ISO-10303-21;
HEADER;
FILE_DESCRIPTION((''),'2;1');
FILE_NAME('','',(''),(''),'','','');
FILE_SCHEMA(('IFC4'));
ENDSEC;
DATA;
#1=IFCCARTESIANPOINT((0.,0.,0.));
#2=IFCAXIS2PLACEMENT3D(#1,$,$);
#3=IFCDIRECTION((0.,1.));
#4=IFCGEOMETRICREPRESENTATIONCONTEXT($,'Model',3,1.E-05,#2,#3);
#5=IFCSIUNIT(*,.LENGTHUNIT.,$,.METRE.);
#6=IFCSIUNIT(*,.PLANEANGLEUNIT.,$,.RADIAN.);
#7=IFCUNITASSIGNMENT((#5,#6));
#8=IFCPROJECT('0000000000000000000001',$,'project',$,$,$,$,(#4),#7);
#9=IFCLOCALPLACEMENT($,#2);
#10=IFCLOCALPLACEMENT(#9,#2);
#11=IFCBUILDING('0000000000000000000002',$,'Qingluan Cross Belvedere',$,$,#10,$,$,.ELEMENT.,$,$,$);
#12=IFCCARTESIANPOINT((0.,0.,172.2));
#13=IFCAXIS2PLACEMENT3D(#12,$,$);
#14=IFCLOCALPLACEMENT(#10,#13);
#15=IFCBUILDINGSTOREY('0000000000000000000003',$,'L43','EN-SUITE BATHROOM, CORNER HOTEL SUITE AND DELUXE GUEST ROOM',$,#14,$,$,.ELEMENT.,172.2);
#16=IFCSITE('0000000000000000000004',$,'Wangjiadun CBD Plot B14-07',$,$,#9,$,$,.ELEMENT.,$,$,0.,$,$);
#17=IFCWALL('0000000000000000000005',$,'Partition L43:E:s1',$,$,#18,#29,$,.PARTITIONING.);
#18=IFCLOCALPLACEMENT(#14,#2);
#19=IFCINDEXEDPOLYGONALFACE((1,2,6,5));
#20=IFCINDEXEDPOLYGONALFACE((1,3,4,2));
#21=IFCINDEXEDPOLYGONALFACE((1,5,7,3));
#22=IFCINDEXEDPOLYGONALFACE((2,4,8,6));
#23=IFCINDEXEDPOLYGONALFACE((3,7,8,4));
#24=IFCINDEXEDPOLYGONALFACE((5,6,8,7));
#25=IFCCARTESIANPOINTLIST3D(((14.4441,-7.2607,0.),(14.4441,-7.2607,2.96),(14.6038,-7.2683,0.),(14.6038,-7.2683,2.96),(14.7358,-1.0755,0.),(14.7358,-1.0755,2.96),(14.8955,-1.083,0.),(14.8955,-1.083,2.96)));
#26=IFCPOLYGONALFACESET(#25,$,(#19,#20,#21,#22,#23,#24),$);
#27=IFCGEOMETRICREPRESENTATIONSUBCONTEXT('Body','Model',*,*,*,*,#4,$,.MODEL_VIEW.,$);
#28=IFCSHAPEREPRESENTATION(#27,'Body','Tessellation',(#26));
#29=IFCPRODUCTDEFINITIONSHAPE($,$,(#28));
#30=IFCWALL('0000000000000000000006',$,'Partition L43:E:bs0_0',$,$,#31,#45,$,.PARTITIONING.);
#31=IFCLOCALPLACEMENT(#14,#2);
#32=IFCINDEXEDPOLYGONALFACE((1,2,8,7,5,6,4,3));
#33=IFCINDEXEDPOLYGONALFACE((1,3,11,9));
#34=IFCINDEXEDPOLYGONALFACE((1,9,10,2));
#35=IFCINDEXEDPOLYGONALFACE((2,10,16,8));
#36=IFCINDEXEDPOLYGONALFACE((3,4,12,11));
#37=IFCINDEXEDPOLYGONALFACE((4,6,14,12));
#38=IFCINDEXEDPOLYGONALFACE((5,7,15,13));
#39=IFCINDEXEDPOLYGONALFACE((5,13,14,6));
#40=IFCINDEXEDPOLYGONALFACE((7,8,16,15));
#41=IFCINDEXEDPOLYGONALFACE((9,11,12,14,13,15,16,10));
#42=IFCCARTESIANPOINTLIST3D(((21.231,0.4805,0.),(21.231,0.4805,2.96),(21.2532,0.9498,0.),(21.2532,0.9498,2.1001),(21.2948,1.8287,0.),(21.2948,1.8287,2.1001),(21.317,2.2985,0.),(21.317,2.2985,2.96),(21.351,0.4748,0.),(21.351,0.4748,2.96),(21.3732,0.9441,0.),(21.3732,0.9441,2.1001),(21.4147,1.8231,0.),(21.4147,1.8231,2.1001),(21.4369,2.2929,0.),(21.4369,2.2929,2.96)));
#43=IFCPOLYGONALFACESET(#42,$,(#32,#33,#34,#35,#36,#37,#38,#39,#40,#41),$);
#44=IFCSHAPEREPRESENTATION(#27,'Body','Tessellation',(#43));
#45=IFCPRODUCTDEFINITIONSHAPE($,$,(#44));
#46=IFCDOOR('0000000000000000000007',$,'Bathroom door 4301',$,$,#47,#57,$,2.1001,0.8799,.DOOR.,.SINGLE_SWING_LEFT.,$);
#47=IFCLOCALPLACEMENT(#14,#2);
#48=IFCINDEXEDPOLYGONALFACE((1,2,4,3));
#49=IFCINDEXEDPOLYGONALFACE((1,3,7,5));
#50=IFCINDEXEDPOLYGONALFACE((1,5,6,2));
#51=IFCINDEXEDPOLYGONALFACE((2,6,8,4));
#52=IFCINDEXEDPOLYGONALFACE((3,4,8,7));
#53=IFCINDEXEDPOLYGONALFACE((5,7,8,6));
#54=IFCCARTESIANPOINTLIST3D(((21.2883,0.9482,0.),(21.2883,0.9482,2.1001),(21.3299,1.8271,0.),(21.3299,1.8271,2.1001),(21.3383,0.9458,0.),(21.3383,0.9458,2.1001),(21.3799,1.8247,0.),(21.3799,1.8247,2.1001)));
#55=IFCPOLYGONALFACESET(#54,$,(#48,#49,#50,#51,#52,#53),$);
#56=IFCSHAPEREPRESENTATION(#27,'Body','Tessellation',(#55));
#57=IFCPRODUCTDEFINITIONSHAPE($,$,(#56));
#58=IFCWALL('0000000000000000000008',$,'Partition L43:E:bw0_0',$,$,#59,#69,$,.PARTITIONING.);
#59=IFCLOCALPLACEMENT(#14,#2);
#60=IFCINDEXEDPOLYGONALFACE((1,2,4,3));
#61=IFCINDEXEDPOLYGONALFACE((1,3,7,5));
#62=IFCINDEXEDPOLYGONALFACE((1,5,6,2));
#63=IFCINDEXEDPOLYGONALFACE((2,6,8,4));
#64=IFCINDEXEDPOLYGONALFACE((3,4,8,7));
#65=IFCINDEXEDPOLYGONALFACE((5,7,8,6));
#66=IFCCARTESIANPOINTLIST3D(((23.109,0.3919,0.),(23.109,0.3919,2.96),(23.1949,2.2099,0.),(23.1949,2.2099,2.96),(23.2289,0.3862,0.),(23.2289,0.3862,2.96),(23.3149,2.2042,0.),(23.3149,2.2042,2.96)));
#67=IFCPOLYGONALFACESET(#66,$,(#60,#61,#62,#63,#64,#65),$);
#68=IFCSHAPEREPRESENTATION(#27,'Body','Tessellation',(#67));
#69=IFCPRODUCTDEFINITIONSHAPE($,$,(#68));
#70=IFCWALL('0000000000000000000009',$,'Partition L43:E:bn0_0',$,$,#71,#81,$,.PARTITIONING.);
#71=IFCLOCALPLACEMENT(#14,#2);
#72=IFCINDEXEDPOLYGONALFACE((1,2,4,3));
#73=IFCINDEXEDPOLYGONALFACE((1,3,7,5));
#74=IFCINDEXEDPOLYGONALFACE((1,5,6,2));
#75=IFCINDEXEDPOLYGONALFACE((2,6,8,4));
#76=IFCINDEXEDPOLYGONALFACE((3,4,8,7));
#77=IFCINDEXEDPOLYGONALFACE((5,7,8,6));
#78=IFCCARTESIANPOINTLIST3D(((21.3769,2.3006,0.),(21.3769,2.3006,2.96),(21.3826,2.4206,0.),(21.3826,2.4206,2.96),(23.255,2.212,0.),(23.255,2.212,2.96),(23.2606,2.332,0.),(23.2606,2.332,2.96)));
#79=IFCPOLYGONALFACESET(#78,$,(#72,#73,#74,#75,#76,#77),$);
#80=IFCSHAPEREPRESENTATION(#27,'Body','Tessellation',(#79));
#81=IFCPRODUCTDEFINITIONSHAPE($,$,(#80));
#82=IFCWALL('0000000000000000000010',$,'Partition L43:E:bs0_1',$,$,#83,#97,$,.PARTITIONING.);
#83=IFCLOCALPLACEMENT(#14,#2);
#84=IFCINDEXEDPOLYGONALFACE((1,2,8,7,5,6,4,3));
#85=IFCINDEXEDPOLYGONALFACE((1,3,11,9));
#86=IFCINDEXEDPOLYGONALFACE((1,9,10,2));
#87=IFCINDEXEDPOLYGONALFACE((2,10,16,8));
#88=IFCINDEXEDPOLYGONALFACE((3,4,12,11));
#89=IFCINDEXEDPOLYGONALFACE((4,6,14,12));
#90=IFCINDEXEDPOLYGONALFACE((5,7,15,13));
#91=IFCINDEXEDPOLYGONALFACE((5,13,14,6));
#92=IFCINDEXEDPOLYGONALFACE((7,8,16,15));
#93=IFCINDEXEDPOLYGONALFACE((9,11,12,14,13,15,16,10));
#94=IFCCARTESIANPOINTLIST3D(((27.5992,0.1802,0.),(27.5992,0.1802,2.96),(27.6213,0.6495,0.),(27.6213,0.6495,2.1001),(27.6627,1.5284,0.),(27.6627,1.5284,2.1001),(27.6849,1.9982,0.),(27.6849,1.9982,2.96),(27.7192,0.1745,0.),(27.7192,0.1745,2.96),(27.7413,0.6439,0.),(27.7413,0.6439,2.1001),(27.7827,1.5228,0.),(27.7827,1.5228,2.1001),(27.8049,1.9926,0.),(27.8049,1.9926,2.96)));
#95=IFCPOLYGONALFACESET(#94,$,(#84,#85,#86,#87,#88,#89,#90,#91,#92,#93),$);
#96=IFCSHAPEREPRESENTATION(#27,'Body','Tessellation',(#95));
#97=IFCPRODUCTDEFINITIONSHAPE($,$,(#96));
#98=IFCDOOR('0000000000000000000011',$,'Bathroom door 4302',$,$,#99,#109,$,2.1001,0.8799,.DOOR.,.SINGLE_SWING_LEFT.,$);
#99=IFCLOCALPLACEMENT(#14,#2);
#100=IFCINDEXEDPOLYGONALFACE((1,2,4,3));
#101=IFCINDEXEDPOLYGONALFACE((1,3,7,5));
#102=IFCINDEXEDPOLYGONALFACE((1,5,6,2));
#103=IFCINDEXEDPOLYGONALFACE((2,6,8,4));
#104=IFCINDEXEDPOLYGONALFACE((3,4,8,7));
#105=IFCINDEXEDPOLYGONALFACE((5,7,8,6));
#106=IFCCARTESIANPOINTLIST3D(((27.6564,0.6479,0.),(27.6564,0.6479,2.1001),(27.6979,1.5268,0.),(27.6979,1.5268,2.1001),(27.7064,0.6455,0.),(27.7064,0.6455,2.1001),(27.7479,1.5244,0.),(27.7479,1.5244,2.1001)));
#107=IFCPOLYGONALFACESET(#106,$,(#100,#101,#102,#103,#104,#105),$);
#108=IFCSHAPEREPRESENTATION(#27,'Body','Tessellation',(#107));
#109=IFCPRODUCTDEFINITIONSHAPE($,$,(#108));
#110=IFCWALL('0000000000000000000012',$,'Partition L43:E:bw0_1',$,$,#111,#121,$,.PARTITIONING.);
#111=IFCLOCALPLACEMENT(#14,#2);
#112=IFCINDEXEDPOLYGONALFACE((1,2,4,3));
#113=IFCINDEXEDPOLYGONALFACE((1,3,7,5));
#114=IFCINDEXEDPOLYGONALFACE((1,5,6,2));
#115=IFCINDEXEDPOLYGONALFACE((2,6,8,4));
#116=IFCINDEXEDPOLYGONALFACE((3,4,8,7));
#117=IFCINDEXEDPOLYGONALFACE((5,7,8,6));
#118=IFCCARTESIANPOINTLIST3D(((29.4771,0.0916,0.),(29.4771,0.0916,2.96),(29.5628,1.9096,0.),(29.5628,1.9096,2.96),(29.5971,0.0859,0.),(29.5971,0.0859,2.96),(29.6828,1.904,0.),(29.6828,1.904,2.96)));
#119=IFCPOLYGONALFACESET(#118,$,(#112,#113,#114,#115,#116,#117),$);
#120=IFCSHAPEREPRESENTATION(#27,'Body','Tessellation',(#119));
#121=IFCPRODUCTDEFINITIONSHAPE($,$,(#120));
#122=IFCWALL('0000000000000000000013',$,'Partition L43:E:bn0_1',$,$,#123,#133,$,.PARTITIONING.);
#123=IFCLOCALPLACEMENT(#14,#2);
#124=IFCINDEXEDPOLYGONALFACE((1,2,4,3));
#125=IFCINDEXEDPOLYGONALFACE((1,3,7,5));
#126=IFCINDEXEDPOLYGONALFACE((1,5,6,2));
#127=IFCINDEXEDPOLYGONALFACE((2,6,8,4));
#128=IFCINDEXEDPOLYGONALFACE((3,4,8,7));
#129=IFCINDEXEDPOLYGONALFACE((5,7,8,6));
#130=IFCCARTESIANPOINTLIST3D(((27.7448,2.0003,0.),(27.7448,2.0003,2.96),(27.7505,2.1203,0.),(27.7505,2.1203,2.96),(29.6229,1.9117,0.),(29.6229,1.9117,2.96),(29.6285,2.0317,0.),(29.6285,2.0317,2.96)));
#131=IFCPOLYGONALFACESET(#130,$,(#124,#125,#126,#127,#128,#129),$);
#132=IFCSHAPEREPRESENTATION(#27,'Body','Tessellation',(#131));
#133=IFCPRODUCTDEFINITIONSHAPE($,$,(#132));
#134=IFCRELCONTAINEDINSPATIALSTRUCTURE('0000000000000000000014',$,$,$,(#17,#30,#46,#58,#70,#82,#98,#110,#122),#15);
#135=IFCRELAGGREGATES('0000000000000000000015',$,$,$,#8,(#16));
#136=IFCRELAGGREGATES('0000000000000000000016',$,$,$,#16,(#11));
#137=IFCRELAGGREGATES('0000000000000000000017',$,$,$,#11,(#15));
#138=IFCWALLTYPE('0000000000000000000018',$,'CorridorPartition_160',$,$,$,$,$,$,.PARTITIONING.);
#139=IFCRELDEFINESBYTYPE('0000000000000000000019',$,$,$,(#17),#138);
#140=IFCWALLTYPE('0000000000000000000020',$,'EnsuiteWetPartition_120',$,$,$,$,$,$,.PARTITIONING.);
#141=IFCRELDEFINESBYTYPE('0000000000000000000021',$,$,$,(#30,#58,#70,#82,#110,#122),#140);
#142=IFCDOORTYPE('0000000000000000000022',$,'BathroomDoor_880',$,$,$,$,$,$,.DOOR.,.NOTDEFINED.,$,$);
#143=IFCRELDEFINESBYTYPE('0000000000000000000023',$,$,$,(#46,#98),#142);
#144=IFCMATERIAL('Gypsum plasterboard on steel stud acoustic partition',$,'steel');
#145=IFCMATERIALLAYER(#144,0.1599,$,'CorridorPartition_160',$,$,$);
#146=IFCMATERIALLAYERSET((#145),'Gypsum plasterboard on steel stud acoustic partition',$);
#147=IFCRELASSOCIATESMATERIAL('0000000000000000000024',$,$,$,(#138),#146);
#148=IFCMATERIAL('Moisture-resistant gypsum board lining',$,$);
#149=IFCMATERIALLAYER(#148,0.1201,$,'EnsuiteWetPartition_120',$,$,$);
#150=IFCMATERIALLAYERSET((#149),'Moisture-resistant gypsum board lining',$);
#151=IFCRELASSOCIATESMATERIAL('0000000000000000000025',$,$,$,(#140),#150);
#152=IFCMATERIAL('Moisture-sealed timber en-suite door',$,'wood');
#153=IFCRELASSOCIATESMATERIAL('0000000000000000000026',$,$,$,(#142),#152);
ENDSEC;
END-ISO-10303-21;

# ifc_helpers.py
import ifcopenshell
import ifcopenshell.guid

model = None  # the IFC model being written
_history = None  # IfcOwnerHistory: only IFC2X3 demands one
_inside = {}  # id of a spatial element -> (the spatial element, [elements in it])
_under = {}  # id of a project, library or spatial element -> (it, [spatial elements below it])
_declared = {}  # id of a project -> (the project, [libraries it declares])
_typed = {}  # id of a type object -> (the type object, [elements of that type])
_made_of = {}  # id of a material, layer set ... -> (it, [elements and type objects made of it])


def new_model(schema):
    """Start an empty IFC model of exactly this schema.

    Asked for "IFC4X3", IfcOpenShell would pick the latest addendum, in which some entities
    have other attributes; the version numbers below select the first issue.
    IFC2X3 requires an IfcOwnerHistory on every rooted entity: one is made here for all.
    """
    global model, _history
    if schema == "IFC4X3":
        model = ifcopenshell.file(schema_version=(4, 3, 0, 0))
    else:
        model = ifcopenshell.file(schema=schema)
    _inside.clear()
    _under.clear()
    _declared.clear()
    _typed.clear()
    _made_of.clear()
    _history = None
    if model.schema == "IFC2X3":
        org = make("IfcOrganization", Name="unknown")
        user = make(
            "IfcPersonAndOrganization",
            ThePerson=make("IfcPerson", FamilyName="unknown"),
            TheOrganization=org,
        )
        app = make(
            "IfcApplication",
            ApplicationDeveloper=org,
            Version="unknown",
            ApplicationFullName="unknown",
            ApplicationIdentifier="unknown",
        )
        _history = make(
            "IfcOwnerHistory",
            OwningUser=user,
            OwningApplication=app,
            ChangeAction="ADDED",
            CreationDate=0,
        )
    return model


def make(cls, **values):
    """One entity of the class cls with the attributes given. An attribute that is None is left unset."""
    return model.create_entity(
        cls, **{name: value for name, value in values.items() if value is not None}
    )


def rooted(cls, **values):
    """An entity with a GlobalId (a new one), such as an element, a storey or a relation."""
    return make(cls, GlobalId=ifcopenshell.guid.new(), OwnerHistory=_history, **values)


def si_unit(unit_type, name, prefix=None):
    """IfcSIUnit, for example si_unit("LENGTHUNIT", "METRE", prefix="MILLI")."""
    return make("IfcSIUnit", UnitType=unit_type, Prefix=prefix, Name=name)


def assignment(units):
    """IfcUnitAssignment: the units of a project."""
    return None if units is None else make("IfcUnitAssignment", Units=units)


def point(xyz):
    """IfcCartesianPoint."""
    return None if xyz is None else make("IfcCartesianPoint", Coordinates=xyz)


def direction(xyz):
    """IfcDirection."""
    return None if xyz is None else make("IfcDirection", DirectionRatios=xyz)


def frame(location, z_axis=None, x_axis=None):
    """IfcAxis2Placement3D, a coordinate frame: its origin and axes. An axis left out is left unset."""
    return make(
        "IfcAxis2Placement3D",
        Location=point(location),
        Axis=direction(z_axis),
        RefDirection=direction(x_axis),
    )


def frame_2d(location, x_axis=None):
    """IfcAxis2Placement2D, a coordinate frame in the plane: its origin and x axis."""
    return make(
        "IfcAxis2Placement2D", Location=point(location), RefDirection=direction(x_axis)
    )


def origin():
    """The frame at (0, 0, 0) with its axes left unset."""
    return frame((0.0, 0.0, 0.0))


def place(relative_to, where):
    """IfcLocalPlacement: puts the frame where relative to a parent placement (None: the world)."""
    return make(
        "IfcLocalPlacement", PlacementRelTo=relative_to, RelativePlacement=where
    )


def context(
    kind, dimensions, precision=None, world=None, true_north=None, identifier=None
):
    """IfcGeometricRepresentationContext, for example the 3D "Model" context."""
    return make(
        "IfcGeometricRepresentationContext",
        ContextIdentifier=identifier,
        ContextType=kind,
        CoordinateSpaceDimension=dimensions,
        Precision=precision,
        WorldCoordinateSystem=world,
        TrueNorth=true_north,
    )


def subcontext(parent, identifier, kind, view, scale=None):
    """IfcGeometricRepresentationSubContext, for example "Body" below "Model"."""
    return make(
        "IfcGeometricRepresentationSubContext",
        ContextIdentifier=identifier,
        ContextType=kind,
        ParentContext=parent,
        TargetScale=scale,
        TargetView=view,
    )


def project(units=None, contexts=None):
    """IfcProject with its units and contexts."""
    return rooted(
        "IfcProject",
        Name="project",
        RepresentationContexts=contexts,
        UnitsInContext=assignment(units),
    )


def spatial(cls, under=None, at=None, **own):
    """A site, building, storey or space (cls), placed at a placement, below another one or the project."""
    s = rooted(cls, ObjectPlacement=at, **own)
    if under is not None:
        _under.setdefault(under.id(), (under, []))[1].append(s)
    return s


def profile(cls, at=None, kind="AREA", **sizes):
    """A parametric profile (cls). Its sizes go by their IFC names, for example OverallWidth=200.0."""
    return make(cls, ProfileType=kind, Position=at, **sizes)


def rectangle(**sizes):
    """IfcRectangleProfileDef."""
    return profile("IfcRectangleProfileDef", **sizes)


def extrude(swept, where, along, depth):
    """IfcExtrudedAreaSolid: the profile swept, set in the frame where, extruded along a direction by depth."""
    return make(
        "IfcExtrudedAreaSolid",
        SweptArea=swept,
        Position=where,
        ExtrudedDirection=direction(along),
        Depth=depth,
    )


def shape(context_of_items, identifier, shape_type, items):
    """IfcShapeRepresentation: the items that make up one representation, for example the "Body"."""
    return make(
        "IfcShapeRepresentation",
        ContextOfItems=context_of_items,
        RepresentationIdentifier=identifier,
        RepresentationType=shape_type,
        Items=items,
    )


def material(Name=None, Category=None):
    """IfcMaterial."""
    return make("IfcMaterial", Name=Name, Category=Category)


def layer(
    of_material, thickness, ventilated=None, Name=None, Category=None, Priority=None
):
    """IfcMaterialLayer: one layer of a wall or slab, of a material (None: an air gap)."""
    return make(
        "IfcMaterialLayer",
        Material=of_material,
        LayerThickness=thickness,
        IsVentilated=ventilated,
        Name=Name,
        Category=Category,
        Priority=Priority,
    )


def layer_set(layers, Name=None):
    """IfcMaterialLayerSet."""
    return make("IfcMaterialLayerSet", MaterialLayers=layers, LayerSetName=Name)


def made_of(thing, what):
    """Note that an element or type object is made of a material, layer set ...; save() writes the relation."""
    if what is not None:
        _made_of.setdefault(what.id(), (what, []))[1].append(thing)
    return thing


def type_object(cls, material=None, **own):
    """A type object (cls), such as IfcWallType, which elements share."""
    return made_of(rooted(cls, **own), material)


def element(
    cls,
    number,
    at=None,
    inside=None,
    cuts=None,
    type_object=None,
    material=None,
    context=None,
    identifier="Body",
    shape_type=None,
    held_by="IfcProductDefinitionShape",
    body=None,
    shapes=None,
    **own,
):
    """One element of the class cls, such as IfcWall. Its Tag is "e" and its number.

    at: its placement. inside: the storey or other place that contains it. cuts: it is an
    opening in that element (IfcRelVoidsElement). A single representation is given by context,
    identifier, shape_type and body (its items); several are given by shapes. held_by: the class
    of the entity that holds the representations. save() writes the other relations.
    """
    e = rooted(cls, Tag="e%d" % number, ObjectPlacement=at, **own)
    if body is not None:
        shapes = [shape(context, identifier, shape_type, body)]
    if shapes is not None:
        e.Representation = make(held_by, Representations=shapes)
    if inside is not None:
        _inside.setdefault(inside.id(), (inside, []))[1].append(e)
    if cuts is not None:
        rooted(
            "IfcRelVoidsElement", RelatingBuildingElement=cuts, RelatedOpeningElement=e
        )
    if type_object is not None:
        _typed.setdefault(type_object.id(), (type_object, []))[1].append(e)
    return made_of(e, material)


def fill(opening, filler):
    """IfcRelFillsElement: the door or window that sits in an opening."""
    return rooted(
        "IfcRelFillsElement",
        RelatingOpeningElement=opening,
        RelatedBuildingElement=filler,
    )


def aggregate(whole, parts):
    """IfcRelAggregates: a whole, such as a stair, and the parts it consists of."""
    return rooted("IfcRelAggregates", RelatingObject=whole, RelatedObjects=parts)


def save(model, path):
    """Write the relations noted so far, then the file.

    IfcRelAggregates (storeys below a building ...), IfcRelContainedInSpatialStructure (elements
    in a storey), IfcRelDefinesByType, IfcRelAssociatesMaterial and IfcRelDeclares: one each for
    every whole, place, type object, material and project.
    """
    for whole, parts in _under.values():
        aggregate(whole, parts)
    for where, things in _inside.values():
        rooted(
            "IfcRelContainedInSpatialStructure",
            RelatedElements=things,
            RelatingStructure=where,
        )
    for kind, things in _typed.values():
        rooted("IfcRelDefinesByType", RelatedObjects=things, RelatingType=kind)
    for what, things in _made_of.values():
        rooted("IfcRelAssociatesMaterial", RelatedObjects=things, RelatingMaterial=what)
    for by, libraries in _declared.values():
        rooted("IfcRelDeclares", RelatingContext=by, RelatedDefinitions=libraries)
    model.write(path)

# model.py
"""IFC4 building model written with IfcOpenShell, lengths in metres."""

from ifc_helpers import new_model, si_unit, direction, frame, frame_2d, origin, place, context, subcontext, project, spatial, rectangle, extrude, material, layer, layer_set, type_object, element, fill, save


model = new_model("IFC4")

# Units and contexts
model_context = context("Model", 3, precision=1e-05, world=origin(), true_north=direction((0.0, 1.0)))
body_context = subcontext(model_context, "Body", "Model", "MODEL_VIEW")
ifc_project = project(units=[si_unit("LENGTHUNIT", "METRE"), si_unit("PLANEANGLEUNIT", "RADIAN")], contexts=[model_context])

# Site, building, storey
site_placement = place(None, origin())
site = spatial("IfcSite", under=ifc_project, at=site_placement, Name="Wangjiadun CBD Plot B14-07", CompositionType="ELEMENT", RefElevation=0.0)
building_placement = place(site_placement, origin())
building = spatial("IfcBuilding", under=site, at=building_placement, Name="Qingluan Cross Belvedere", CompositionType="ELEMENT")
storey_placement = place(building_placement, frame((0.0, 0.0, 172.2)))
storey = spatial("IfcBuildingStorey", under=building, at=storey_placement, Name="L43", Description="EN-SUITE BATHROOM, CORNER HOTEL SUITE AND DELUXE GUEST ROOM", CompositionType="ELEMENT", Elevation=172.2)

# Shared definitions
ifc_material_1 = material(Name="Gypsum plasterboard on steel stud acoustic partition", Category="steel")
ifc_layer_1 = layer(ifc_material_1, 0.1599, Name="CorridorPartition_160")
ifc_layer_set_1 = layer_set([ifc_layer_1], Name="Gypsum plasterboard on steel stud acoustic partition")
wall_type_1 = type_object("IfcWallType", Name="CorridorPartition_160", PredefinedType="PARTITIONING", material=ifc_layer_set_1)

# Wall
wall_1_placement = place(storey_placement, frame((14.8157, -1.0791, 0.0), z_axis=(0.0, 0.0, 1.0), x_axis=(-0.047116, -0.998889, 0.0)))
element("IfcWall", 1, at=wall_1_placement, inside=storey, type_object=wall_type_1, Name="Partition L43:E:s1", PredefinedType="PARTITIONING", context=body_context, shape_type="SweptSolid", body=[
    extrude(rectangle(XDim=6.1921, YDim=0.1599, at=frame_2d((3.0962, 0.0))), origin(), (0.0, 0.0, 1.0), 2.96),
])

# Wall, opening, door
ifc_material_2 = material(Name="Moisture-resistant gypsum board lining")
ifc_layer_2 = layer(ifc_material_2, 0.1201, Name="EnsuiteWetPartition_120")
ifc_layer_set_2 = layer_set([ifc_layer_2], Name="Moisture-resistant gypsum board lining")
wall_type_2 = type_object("IfcWallType", Name="EnsuiteWetPartition_120", PredefinedType="PARTITIONING", material=ifc_layer_set_2)
wall_2_placement = place(storey_placement, frame((21.291, 0.4775, 0.0), z_axis=(0.0, 0.0, 1.0), x_axis=(0.047215, 0.998885, 0.0)))
wall_2 = element("IfcWall", 2, at=wall_2_placement, inside=storey, type_object=wall_type_2, Name="Partition L43:E:bs0_0", PredefinedType="PARTITIONING", context=body_context, shape_type="SweptSolid", body=[
    extrude(rectangle(XDim=1.8201, YDim=0.1201, at=frame_2d((0.9102, 0.0))), origin(), (0.0, 0.0, 1.0), 2.96),
])
opening_1_placement = place(wall_2_placement, frame((0.47, 0.0, 0.0)))
opening_1 = element("IfcOpeningElement", 3, at=opening_1_placement, cuts=wall_2, PredefinedType="OPENING", context=body_context, shape_type="SweptSolid", body=[
    extrude(rectangle(XDim=0.8799, YDim=2.1001, at=frame_2d((0.4399, 1.05))), frame((0.0, 0.0701, 0.0), z_axis=(0.0, -1.0, 0.0), x_axis=(1.0, 0.0, 0.0)), (0.0, 0.0, 1.0), 0.1401),
])
ifc_material_3 = material(Name="Moisture-sealed timber en-suite door", Category="wood")
door_type_1 = type_object("IfcDoorType", Name="BathroomDoor_880", OperationType="NOTDEFINED", PredefinedType="DOOR", material=ifc_material_3)
door_1_placement = place(opening_1_placement, origin())
door_1 = element("IfcDoor", 4, at=door_1_placement, inside=storey, type_object=door_type_1, Name="Bathroom door 4301", OperationType="SINGLE_SWING_LEFT", OverallHeight=2.1001, OverallWidth=0.8799, PredefinedType="DOOR", context=body_context, shape_type="SweptSolid", body=[
    extrude(rectangle(XDim=0.8799, YDim=2.1001, at=frame_2d((0.4399, 1.05))), frame((0.0, 0.0249, 0.0), z_axis=(0.0, -1.0, 0.0), x_axis=(1.0, 0.0, 0.0)), (0.0, 0.0, 1.0), 0.05),
])
fill(opening_1, door_1)

# Walls
wall_3_placement = place(storey_placement, frame((23.1689, 0.3889, 0.0), z_axis=(0.0, 0.0, 1.0), x_axis=(0.047215, 0.998885, 0.0)))
element("IfcWall", 5, at=wall_3_placement, inside=storey, type_object=wall_type_2, Name="Partition L43:E:bw0_0", PredefinedType="PARTITIONING", context=body_context, shape_type="SweptSolid", body=[
    extrude(rectangle(XDim=1.8201, YDim=0.1201, at=frame_2d((0.9102, 0.0))), origin(), (0.0, 0.0, 1.0), 2.96),
])
wall_4_placement = place(storey_placement, frame((21.3799, 2.3606, 0.0), z_axis=(0.0, 0.0, 1.0), x_axis=(0.998888, -0.047139, 0.0)))
element("IfcWall", 6, at=wall_4_placement, inside=storey, type_object=wall_type_2, Name="Partition L43:E:bn0_0", PredefinedType="PARTITIONING", context=body_context, shape_type="SweptSolid", body=[
    extrude(rectangle(XDim=1.8801, YDim=0.1201, at=frame_2d((0.9399, 0.0))), origin(), (0.0, 0.0, 1.0), 2.96),
])

# Wall, opening, door
wall_5_placement = place(storey_placement, frame((27.6592, 0.1772, 0.0), z_axis=(0.0, 0.0, 1.0), x_axis=(0.047081, 0.998891, 0.0)))
wall_5 = element("IfcWall", 7, at=wall_5_placement, inside=storey, type_object=wall_type_2, Name="Partition L43:E:bs0_1", PredefinedType="PARTITIONING", context=body_context, shape_type="SweptSolid", body=[
    extrude(rectangle(XDim=1.8201, YDim=0.1201, at=frame_2d((0.9102, 0.0))), origin(), (0.0, 0.0, 1.0), 2.96),
])
opening_2_placement = place(wall_5_placement, frame((0.47, 0.0, 0.0)))
opening_2 = element("IfcOpeningElement", 8, at=opening_2_placement, cuts=wall_5, PredefinedType="OPENING", context=body_context, shape_type="SweptSolid", body=[
    extrude(rectangle(XDim=0.8799, YDim=2.1001, at=frame_2d((0.4399, 1.05))), frame((0.0, 0.0701, 0.0), z_axis=(0.0, -1.0, 0.0), x_axis=(1.0, 0.0, 0.0)), (0.0, 0.0, 1.0), 0.1401),
])
door_2_placement = place(opening_2_placement, origin())
door_2 = element("IfcDoor", 9, at=door_2_placement, inside=storey, type_object=door_type_1, Name="Bathroom door 4302", OperationType="SINGLE_SWING_LEFT", OverallHeight=2.1001, OverallWidth=0.8799, PredefinedType="DOOR", context=body_context, shape_type="SweptSolid", body=[
    extrude(rectangle(XDim=0.8799, YDim=2.1001, at=frame_2d((0.4399, 1.05))), frame((0.0, 0.0249, 0.0), z_axis=(0.0, -1.0, 0.0), x_axis=(1.0, 0.0, 0.0)), (0.0, 0.0, 1.0), 0.05),
])
fill(opening_2, door_2)

# Walls
wall_6_placement = place(storey_placement, frame((29.5371, 0.0886, 0.0), z_axis=(0.0, 0.0, 1.0), x_axis=(0.047081, 0.998891, 0.0)))
element("IfcWall", 10, at=wall_6_placement, inside=storey, type_object=wall_type_2, Name="Partition L43:E:bw0_1", PredefinedType="PARTITIONING", context=body_context, shape_type="SweptSolid", body=[
    extrude(rectangle(XDim=1.8201, YDim=0.1201, at=frame_2d((0.9102, 0.0))), origin(), (0.0, 0.0, 1.0), 2.96),
])
wall_7_placement = place(storey_placement, frame((27.7478, 2.0603, 0.0), z_axis=(0.0, 0.0, 1.0), x_axis=(0.998888, -0.047139, 0.0)))
element("IfcWall", 11, at=wall_7_placement, inside=storey, type_object=wall_type_2, Name="Partition L43:E:bn0_1", PredefinedType="PARTITIONING", context=body_context, shape_type="SweptSolid", body=[
    extrude(rectangle(XDim=1.8801, YDim=0.1201, at=frame_2d((0.9399, 0.0))), origin(), (0.0, 0.0, 1.0), 2.96),
])

save(model, "model.ifc")
